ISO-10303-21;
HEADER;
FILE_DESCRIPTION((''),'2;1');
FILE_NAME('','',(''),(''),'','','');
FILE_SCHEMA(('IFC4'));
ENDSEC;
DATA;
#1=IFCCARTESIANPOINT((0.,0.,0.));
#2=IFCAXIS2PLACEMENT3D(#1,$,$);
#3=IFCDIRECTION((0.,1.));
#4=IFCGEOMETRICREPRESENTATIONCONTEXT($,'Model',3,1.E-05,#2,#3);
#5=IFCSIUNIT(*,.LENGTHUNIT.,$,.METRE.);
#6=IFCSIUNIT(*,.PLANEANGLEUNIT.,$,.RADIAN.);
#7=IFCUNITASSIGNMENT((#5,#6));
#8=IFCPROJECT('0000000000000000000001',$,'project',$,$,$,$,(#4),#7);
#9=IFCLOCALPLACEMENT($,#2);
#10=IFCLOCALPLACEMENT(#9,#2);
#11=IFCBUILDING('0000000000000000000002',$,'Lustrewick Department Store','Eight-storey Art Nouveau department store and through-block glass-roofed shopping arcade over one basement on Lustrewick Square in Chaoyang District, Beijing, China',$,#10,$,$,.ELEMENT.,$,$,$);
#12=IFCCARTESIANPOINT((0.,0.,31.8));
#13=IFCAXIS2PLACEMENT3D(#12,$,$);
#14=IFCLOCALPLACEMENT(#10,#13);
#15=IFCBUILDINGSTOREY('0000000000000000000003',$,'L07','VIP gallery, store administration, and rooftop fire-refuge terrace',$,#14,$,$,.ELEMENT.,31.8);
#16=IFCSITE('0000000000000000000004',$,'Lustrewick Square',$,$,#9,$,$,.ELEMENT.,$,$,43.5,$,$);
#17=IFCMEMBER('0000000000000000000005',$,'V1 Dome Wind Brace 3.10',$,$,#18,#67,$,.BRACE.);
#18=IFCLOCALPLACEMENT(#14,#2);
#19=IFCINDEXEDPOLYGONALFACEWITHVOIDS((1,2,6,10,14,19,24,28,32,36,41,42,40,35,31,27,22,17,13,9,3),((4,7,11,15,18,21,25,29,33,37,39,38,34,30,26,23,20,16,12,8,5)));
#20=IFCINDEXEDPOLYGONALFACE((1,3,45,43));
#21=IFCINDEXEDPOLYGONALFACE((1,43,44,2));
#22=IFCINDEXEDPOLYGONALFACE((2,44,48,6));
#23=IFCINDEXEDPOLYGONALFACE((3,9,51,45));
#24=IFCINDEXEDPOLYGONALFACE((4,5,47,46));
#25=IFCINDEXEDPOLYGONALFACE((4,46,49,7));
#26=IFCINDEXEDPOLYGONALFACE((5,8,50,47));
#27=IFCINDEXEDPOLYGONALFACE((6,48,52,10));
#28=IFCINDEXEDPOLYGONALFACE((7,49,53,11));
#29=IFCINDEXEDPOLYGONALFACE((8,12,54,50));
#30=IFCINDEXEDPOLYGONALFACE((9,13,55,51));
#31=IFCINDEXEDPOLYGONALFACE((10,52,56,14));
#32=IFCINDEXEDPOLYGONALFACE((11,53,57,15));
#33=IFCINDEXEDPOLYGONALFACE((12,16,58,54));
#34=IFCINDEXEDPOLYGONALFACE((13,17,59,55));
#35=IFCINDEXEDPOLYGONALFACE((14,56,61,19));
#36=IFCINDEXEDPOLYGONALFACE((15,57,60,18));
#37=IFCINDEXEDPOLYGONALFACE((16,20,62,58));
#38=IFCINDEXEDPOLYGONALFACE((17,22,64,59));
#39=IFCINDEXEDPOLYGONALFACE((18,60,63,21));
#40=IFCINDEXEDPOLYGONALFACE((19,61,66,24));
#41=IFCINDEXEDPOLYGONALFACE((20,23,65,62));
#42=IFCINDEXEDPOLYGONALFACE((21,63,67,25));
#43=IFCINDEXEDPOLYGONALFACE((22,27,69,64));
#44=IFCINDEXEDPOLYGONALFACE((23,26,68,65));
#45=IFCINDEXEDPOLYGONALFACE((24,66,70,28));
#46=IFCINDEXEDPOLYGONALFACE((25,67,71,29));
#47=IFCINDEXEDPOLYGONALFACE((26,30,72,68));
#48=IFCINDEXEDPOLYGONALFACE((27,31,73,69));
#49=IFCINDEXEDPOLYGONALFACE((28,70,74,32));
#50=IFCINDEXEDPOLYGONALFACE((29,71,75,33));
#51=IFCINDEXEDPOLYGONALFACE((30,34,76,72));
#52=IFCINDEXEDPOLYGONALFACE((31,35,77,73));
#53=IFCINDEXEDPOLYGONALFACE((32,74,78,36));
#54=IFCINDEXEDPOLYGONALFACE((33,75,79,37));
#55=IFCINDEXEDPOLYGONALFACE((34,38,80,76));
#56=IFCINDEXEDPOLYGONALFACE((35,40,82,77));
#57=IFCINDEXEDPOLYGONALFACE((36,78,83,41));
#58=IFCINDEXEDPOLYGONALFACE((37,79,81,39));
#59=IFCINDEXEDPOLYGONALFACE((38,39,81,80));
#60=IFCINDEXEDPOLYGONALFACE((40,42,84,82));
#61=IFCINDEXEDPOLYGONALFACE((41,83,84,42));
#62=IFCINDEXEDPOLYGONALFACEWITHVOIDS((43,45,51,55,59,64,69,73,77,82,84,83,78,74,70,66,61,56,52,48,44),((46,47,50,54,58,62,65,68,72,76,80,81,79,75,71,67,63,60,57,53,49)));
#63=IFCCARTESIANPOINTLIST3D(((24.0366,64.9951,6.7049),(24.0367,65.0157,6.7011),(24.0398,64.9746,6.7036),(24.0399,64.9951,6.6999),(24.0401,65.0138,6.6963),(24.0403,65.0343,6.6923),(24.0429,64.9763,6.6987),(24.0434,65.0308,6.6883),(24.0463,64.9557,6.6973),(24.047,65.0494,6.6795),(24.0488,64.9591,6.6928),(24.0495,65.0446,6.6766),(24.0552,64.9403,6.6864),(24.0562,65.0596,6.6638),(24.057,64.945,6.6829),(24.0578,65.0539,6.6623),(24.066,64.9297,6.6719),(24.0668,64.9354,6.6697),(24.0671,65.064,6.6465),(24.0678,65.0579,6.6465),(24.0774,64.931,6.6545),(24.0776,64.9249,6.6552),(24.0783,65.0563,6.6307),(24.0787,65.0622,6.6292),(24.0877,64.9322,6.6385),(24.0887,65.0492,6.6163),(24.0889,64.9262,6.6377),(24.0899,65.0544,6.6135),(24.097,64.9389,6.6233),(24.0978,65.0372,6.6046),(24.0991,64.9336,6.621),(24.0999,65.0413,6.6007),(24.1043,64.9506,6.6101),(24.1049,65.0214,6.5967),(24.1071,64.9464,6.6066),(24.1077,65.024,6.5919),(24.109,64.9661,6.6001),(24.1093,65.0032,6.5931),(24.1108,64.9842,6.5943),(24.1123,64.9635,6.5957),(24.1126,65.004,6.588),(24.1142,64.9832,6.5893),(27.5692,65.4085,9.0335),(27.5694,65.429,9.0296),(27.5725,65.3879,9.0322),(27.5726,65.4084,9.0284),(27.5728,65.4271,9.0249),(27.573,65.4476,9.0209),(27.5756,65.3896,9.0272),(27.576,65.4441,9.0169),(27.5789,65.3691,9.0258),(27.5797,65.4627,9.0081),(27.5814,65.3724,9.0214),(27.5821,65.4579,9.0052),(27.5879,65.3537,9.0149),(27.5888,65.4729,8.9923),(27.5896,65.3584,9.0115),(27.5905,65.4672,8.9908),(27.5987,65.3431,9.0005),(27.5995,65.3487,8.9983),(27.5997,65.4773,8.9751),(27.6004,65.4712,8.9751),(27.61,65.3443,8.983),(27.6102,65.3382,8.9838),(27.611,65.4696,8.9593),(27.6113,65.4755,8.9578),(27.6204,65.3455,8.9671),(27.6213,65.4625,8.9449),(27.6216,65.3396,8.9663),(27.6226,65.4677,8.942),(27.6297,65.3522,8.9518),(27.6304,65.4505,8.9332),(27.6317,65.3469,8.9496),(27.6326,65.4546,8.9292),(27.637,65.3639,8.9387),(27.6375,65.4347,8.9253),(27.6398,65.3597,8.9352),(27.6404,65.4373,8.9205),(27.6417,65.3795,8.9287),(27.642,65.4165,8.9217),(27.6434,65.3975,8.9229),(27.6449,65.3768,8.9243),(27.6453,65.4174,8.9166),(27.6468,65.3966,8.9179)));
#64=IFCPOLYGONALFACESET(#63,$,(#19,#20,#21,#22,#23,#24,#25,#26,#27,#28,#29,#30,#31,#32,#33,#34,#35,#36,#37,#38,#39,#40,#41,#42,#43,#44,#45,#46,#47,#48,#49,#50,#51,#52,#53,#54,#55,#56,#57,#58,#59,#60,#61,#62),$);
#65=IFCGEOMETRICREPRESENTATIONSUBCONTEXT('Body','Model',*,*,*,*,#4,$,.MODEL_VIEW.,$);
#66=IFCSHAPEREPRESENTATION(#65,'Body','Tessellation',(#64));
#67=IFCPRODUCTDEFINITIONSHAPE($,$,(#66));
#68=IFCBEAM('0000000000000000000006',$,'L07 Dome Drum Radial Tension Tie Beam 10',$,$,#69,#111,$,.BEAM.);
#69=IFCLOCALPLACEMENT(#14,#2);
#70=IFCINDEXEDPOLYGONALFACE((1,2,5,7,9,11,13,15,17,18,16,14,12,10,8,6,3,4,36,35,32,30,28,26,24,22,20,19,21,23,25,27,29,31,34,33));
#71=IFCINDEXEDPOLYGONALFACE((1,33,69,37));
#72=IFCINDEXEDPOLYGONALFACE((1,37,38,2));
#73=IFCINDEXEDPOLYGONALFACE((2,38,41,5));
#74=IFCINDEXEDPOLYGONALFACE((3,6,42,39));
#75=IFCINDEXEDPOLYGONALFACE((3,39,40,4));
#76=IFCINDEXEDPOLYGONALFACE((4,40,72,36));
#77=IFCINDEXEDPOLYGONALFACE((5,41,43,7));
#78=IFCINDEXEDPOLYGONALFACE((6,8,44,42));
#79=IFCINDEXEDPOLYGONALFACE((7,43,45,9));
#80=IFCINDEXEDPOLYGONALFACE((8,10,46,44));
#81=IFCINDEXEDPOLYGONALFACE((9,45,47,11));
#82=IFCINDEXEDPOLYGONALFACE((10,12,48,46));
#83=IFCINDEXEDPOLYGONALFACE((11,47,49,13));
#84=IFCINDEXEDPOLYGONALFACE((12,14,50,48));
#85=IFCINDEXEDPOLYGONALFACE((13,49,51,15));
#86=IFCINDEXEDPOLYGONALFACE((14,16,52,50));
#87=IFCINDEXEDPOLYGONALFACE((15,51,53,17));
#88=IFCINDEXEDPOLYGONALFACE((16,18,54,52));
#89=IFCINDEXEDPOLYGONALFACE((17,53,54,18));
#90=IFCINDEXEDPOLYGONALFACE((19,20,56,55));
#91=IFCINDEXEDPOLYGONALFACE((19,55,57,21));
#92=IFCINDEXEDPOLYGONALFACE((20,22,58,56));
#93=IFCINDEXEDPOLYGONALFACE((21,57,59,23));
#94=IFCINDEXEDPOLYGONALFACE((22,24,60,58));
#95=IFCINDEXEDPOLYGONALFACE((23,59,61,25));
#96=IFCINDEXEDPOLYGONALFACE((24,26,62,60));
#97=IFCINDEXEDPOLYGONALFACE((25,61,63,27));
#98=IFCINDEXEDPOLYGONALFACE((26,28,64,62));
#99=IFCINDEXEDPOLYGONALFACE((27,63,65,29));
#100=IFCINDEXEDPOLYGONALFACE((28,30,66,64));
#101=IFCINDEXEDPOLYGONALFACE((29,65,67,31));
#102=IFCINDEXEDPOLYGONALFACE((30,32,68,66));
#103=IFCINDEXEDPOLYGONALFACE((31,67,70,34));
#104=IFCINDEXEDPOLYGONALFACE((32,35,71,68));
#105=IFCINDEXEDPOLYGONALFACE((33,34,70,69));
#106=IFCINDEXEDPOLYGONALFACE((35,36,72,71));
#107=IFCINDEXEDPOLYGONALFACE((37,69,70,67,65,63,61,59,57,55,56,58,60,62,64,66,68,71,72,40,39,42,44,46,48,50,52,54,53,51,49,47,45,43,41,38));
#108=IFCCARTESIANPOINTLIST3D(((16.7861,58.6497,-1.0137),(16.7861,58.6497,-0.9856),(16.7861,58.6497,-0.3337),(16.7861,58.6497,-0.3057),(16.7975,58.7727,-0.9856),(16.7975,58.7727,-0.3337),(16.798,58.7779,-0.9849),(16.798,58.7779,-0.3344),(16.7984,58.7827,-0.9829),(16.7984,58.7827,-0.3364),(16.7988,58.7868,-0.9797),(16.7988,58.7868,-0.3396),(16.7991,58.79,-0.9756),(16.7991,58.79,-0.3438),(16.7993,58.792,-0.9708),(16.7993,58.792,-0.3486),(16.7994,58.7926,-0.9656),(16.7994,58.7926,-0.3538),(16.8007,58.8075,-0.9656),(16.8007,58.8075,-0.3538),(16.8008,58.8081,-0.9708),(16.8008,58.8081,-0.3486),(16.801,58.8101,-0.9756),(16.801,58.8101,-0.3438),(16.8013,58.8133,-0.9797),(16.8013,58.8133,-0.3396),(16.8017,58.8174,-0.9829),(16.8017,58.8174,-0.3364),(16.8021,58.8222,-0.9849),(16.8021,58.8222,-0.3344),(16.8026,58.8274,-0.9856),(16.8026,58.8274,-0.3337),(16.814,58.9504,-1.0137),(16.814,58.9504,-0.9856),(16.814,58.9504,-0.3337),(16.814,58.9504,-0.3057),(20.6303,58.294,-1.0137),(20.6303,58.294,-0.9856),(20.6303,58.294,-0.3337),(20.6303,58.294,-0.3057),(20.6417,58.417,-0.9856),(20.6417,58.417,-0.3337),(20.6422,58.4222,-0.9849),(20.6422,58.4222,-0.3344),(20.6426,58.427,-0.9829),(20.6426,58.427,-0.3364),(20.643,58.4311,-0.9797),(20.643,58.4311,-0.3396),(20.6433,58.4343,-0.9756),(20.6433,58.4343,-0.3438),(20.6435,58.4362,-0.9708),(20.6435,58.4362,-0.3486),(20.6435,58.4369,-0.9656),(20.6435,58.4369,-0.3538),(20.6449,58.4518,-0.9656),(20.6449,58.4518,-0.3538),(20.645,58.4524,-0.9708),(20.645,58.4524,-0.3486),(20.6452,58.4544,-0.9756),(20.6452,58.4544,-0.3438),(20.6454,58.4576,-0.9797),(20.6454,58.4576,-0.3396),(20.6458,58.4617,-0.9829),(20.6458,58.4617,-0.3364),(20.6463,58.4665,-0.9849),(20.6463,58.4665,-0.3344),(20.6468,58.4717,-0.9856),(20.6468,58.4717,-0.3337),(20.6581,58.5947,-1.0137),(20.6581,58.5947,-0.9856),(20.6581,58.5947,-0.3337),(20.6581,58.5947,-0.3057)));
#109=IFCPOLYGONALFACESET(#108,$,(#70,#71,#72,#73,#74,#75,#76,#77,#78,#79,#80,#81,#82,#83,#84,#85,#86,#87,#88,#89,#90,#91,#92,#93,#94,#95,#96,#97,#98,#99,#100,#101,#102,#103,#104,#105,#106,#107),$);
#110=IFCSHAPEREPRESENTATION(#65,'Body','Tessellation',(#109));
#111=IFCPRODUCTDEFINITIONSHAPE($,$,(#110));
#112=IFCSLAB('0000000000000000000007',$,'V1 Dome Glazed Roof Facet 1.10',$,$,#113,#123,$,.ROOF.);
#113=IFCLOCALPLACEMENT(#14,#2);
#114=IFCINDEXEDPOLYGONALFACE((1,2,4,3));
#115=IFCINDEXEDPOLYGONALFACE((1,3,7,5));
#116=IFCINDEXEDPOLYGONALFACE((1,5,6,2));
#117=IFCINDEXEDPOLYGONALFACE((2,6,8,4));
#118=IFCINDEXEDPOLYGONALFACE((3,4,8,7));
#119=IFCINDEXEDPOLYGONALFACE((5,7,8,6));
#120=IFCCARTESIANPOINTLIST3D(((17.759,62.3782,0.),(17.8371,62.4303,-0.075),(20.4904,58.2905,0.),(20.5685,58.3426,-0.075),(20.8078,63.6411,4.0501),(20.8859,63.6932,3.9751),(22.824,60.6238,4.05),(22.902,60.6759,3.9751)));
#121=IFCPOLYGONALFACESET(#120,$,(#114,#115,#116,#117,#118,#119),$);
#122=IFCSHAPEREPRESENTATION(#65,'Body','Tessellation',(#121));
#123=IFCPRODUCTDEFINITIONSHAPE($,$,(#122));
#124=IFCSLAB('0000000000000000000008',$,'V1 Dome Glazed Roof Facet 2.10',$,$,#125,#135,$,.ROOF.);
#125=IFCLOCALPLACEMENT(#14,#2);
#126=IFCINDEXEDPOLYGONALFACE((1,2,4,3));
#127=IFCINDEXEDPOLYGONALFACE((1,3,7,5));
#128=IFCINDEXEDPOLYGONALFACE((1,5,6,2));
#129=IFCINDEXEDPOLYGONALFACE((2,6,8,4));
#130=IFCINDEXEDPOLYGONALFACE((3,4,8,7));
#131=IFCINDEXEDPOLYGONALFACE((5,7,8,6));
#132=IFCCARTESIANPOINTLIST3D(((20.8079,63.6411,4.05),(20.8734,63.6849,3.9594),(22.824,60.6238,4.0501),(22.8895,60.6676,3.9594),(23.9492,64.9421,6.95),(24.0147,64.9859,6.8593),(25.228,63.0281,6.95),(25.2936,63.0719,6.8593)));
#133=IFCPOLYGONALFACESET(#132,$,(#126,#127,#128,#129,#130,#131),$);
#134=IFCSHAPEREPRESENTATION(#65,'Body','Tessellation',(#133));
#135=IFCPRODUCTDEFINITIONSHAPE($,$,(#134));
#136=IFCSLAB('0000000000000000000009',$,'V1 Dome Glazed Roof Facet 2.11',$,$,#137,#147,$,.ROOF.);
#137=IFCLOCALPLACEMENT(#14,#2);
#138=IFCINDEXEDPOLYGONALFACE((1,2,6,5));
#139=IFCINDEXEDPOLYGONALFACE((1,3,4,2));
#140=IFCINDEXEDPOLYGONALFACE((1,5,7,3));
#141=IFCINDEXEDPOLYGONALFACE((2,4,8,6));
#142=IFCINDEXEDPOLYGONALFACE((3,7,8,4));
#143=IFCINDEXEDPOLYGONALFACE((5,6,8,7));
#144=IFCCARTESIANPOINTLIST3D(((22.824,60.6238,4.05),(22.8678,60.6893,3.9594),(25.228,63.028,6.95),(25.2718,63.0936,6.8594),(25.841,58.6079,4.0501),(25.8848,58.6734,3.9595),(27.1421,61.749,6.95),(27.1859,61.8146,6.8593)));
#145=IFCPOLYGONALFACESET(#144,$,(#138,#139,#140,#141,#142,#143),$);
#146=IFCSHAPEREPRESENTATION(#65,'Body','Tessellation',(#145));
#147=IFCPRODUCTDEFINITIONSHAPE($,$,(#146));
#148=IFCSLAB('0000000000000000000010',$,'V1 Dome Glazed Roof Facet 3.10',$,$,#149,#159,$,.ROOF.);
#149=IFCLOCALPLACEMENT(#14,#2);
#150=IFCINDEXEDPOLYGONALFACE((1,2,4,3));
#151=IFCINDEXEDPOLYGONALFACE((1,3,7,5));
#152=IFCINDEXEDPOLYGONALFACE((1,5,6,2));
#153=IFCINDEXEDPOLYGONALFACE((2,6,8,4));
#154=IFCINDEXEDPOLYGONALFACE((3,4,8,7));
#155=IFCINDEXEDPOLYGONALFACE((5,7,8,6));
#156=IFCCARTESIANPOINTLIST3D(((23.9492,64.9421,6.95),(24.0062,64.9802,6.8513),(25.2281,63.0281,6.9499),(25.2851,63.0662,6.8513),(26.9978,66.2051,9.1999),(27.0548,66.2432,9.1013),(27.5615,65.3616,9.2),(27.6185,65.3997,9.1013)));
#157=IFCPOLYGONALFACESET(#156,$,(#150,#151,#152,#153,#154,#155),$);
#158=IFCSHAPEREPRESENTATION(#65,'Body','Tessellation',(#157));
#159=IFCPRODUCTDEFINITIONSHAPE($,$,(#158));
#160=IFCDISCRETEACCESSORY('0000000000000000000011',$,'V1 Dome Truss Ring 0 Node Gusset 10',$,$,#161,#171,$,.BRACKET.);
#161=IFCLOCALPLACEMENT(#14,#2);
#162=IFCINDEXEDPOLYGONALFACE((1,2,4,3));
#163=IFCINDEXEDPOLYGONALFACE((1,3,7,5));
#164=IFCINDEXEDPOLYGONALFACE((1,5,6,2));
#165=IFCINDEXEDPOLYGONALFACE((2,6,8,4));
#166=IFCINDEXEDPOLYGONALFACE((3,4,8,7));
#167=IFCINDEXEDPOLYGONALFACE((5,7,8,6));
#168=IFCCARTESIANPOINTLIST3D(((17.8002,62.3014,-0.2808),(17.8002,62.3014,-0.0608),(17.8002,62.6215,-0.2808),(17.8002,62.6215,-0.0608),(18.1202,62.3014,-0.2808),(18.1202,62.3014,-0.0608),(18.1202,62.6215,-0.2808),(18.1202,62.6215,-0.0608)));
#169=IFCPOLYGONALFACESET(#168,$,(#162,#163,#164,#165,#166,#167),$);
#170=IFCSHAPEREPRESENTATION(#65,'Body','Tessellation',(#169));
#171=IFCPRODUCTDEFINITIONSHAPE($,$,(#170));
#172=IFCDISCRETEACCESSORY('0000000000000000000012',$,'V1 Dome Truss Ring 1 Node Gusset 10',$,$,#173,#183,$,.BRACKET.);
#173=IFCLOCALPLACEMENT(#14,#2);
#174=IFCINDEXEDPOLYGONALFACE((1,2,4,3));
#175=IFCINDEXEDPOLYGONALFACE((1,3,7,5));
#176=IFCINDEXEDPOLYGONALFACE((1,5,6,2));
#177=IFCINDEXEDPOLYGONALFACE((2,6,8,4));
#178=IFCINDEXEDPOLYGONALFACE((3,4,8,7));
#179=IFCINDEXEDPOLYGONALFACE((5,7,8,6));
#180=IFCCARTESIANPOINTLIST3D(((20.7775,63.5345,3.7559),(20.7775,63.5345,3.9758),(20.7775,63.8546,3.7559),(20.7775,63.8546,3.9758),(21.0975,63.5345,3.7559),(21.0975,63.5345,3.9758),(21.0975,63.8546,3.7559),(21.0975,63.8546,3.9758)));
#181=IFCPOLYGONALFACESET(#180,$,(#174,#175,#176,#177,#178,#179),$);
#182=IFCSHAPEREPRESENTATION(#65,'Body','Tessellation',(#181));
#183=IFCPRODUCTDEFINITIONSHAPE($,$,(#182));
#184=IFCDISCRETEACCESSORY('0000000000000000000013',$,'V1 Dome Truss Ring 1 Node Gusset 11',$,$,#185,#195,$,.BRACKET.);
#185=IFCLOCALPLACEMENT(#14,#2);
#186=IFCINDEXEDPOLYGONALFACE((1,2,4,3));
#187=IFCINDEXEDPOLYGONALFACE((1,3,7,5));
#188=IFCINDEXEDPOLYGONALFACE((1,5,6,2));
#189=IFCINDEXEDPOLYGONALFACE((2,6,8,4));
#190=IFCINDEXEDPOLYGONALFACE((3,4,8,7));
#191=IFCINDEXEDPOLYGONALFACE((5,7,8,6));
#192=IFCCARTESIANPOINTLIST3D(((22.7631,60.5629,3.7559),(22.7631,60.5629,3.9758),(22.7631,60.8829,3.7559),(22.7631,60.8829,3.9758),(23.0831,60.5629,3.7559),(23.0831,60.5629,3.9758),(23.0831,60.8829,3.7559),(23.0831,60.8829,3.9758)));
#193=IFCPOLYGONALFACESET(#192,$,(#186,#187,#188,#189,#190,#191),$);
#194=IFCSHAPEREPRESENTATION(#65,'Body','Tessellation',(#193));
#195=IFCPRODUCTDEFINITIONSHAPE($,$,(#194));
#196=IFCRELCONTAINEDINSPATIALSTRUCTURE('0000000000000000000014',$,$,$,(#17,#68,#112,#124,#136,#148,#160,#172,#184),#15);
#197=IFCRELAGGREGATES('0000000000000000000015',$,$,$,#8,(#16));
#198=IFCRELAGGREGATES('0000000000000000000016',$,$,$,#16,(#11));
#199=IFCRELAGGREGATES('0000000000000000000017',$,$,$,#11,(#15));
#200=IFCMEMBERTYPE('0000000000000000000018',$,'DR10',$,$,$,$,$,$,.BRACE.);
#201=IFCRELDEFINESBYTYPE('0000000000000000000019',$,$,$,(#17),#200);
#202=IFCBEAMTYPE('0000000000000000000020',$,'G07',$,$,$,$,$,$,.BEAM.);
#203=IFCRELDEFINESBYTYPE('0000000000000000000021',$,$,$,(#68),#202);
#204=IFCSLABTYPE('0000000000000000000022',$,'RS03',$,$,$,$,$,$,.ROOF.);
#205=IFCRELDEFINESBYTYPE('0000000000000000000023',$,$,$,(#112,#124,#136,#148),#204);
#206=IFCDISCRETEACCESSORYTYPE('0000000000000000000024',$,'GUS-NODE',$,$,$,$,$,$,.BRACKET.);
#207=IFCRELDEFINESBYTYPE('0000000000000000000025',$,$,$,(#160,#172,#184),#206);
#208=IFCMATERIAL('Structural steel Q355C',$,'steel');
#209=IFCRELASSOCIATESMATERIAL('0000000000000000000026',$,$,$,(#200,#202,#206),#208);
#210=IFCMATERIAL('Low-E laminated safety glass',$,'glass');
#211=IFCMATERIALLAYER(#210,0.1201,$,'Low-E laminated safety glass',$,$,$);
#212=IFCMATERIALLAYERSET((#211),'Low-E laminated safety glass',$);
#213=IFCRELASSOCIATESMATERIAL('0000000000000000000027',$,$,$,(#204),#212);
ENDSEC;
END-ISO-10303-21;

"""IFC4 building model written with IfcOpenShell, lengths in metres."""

from ifc_helpers import new_model, si_unit, direction, frame, origin, origin_2d, place, context, subcontext, project, spatial, polyline, rectangle, hollow_circle, i_section, outline, extrude, material, layer, layer_set, material_profile, profile_set, type_object, element, save


model = new_model("IFC4")

# Units and contexts
model_context = context("Model", 3, precision=1e-05, world=origin(), true_north=direction((0.0, 1.0)))
body_context = subcontext(model_context, "Body", "Model", "MODEL_VIEW")
ifc_project = project(units=[si_unit("LENGTHUNIT", "METRE"), si_unit("PLANEANGLEUNIT", "RADIAN")], contexts=[model_context])

# Site, building, storey
site_placement = place(None, origin())
site = spatial("IfcSite", under=ifc_project, at=site_placement, Name="Lustrewick Square", CompositionType="ELEMENT", RefElevation=43.5)
building_placement = place(site_placement, origin())
building = spatial("IfcBuilding", under=site, at=building_placement, Name="Lustrewick Department Store", Description="Eight-storey Art Nouveau department store and through-block glass-roofed shopping arcade over one basement on Lustrewick Square in Chaoyang District, Beijing, China", CompositionType="ELEMENT")
storey_placement = place(building_placement, frame((0.0, 0.0, 31.8)))
storey = spatial("IfcBuildingStorey", under=building, at=storey_placement, Name="L07", Description="VIP gallery, store administration, and rooftop fire-refuge terrace", CompositionType="ELEMENT", Elevation=31.8)

# Member
ifc_material_1 = material(Name="Structural steel Q355C", Category="steel")
ifc_material_profile_1 = material_profile(ifc_material_1, hollow_circle(Radius=0.0701, WallThickness=0.0061, at=origin_2d()), Name="CHS 140x6")
ifc_profile_set_1 = profile_set([ifc_material_profile_1], Name="Structural steel Q355C")
member_type_1 = type_object("IfcMemberType", Name="DR10", PredefinedType="BRACE", material=ifc_profile_set_1)
member_1_placement = place(storey_placement, frame((24.0752, 64.9944, 6.6465), z_axis=(0.830977, 0.097225, 0.547744), x_axis=(-0.116208, 0.993225, 0.0)))
element("IfcMember", 1, at=member_1_placement, inside=storey, type_object=member_type_1, Name="V1 Dome Wind Brace 3.10", PredefinedType="BRACE", context=body_context, shape_type="SweptSolid", body=[
    extrude(hollow_circle(Radius=0.0701, WallThickness=0.0061, at=origin_2d()), origin(), (0.0, 0.0, 1.0), 4.2512),
])

# Beam
ifc_material_profile_2 = material_profile(ifc_material_1, i_section(OverallWidth=0.302, OverallDepth=0.708, WebThickness=0.0149, FlangeThickness=0.0281, FilletRadius=0.02, at=origin_2d()), Name="HN 708x302x15x28")
ifc_profile_set_2 = profile_set([ifc_material_profile_2], Name="Structural steel Q355C")
beam_type = type_object("IfcBeamType", Name="G07", PredefinedType="BEAM", material=ifc_profile_set_2)
beam_placement = place(storey_placement, frame((16.8, 58.8, -0.6597), z_axis=(0.995746, -0.092138, 0.0), x_axis=(0.092138, 0.995746, 0.0)))
element("IfcBeam", 2, at=beam_placement, inside=storey, type_object=beam_type, Name="L07 Dome Drum Radial Tension Tie Beam 10", PredefinedType="BEAM", context=body_context, shape_type="SweptSolid", body=[
    extrude(i_section(OverallWidth=0.302, OverallDepth=0.708, WebThickness=0.0149, FlangeThickness=0.0281, FilletRadius=0.02, at=origin_2d()), origin(), (0.0, 0.0, 1.0), 3.8606),
])

# Slabs
ifc_material_2 = material(Name="Low-E laminated safety glass", Category="glass")
ifc_layer = layer(ifc_material_2, 0.1201, Name="Low-E laminated safety glass")
ifc_layer_set = layer_set([ifc_layer], Name="Low-E laminated safety glass")
slab_type = type_object("IfcSlabType", Name="RS03", PredefinedType="ROOF", material=ifc_layer_set)
slab_1_placement = place(storey_placement, frame((17.759, 62.3782, 0.0), z_axis=(-0.649532, -0.434018, 0.624289), x_axis=(0.555587, -0.831458, 0.000006)))
element("IfcSlab", 3, at=slab_1_placement, inside=storey, type_object=slab_type, Name="V1 Dome Glazed Roof Facet 1.10", PredefinedType="ROOF", context=body_context, shape_type="SweptSolid", body=[
    extrude(outline(polyline([(0.0, 0.0), (4.9163, 0.0), (4.2727, 5.1844), (0.6438, 5.1845), (0.0, 0.0)])), origin(), (0.0, 0.0, -1.0), 0.1201),
])
slab_2_placement = place(storey_placement, frame((20.8079, 63.6411, 4.05), z_axis=(-0.545617, -0.364555, 0.754588), x_axis=(0.555563, -0.831474, 0.000009)))
element("IfcSlab", 4, at=slab_2_placement, inside=storey, type_object=slab_type, Name="V1 Dome Glazed Roof Facet 2.10", PredefinedType="ROOF", context=body_context, shape_type="SweptSolid", body=[
    extrude(outline(polyline([(0.0, 0.0), (3.6289, 0.0), (2.9654, 4.4192), (0.6635, 4.4193), (0.0, 0.0)])), origin(), (0.0, 0.0, -1.0), 0.1201),
])
slab_3_placement = place(storey_placement, frame((22.824, 60.6238, 4.05), z_axis=(-0.364571, -0.545615, 0.754581), x_axis=(0.831475, -0.555562, 0.000012)))
element("IfcSlab", 5, at=slab_3_placement, inside=storey, type_object=slab_type, Name="V1 Dome Glazed Roof Facet 2.11", PredefinedType="ROOF", context=body_context, shape_type="SweptSolid", body=[
    extrude(outline(polyline([(0.0, 0.0), (3.6286, 0.0), (2.9653, 4.4191), (0.6632, 4.4192), (0.0, 0.0)])), origin(), (0.0, 0.0, -1.0), 0.1201),
])
slab_4_placement = place(storey_placement, frame((23.9492, 64.9421, 6.95), z_axis=(-0.474609, -0.31712, 0.821085), x_axis=(0.555543, -0.831488, -0.000019)))
element("IfcSlab", 6, at=slab_4_placement, inside=storey, type_object=slab_type, Name="V1 Dome Glazed Roof Facet 3.10", PredefinedType="ROOF", context=body_context, shape_type="SweptSolid", body=[
    extrude(outline(polyline([(0.0, 0.0), (2.302, 0.0), (1.658, 3.9419), (0.6435, 3.9417), (0.0, 0.0)])), origin(), (0.0, 0.0, -1.0), 0.1201),
])

# Discrete accessories
discrete_accessory_type_1 = type_object("IfcDiscreteAccessoryType", Name="GUS-NODE", PredefinedType="BRACKET", material=ifc_material_1)
for number, where, z_axis, x_axis, name in (
    (7, (17.9602, 62.4614, -0.2808), (0.0, 0.0, 1.0), (1.0, 0.0, 0.0), "V1 Dome Truss Ring 0 Node Gusset 10"),
    (8, (20.9375, 63.6946, 3.7559), (0.0, 0.0, 1.0), (1.0, 0.0, 0.0), "V1 Dome Truss Ring 1 Node Gusset 10"),
    (9, (22.9231, 60.7229, 3.7559), (0.0, 0.0, 1.0), (1.0, 0.0, 0.0), "V1 Dome Truss Ring 1 Node Gusset 11"),
):
    element("IfcDiscreteAccessory", number, at=place(storey_placement, frame(where, z_axis=z_axis, x_axis=x_axis)), inside=storey, type_object=discrete_accessory_type_1, Name=name, PredefinedType="BRACKET", context=body_context, shape_type="SweptSolid", body=[
        extrude(rectangle(XDim=0.3201, YDim=0.3201, at=origin_2d()), origin(), (0.0, 0.0, 1.0), 0.22),
    ])

save(model, "model.ifc")
